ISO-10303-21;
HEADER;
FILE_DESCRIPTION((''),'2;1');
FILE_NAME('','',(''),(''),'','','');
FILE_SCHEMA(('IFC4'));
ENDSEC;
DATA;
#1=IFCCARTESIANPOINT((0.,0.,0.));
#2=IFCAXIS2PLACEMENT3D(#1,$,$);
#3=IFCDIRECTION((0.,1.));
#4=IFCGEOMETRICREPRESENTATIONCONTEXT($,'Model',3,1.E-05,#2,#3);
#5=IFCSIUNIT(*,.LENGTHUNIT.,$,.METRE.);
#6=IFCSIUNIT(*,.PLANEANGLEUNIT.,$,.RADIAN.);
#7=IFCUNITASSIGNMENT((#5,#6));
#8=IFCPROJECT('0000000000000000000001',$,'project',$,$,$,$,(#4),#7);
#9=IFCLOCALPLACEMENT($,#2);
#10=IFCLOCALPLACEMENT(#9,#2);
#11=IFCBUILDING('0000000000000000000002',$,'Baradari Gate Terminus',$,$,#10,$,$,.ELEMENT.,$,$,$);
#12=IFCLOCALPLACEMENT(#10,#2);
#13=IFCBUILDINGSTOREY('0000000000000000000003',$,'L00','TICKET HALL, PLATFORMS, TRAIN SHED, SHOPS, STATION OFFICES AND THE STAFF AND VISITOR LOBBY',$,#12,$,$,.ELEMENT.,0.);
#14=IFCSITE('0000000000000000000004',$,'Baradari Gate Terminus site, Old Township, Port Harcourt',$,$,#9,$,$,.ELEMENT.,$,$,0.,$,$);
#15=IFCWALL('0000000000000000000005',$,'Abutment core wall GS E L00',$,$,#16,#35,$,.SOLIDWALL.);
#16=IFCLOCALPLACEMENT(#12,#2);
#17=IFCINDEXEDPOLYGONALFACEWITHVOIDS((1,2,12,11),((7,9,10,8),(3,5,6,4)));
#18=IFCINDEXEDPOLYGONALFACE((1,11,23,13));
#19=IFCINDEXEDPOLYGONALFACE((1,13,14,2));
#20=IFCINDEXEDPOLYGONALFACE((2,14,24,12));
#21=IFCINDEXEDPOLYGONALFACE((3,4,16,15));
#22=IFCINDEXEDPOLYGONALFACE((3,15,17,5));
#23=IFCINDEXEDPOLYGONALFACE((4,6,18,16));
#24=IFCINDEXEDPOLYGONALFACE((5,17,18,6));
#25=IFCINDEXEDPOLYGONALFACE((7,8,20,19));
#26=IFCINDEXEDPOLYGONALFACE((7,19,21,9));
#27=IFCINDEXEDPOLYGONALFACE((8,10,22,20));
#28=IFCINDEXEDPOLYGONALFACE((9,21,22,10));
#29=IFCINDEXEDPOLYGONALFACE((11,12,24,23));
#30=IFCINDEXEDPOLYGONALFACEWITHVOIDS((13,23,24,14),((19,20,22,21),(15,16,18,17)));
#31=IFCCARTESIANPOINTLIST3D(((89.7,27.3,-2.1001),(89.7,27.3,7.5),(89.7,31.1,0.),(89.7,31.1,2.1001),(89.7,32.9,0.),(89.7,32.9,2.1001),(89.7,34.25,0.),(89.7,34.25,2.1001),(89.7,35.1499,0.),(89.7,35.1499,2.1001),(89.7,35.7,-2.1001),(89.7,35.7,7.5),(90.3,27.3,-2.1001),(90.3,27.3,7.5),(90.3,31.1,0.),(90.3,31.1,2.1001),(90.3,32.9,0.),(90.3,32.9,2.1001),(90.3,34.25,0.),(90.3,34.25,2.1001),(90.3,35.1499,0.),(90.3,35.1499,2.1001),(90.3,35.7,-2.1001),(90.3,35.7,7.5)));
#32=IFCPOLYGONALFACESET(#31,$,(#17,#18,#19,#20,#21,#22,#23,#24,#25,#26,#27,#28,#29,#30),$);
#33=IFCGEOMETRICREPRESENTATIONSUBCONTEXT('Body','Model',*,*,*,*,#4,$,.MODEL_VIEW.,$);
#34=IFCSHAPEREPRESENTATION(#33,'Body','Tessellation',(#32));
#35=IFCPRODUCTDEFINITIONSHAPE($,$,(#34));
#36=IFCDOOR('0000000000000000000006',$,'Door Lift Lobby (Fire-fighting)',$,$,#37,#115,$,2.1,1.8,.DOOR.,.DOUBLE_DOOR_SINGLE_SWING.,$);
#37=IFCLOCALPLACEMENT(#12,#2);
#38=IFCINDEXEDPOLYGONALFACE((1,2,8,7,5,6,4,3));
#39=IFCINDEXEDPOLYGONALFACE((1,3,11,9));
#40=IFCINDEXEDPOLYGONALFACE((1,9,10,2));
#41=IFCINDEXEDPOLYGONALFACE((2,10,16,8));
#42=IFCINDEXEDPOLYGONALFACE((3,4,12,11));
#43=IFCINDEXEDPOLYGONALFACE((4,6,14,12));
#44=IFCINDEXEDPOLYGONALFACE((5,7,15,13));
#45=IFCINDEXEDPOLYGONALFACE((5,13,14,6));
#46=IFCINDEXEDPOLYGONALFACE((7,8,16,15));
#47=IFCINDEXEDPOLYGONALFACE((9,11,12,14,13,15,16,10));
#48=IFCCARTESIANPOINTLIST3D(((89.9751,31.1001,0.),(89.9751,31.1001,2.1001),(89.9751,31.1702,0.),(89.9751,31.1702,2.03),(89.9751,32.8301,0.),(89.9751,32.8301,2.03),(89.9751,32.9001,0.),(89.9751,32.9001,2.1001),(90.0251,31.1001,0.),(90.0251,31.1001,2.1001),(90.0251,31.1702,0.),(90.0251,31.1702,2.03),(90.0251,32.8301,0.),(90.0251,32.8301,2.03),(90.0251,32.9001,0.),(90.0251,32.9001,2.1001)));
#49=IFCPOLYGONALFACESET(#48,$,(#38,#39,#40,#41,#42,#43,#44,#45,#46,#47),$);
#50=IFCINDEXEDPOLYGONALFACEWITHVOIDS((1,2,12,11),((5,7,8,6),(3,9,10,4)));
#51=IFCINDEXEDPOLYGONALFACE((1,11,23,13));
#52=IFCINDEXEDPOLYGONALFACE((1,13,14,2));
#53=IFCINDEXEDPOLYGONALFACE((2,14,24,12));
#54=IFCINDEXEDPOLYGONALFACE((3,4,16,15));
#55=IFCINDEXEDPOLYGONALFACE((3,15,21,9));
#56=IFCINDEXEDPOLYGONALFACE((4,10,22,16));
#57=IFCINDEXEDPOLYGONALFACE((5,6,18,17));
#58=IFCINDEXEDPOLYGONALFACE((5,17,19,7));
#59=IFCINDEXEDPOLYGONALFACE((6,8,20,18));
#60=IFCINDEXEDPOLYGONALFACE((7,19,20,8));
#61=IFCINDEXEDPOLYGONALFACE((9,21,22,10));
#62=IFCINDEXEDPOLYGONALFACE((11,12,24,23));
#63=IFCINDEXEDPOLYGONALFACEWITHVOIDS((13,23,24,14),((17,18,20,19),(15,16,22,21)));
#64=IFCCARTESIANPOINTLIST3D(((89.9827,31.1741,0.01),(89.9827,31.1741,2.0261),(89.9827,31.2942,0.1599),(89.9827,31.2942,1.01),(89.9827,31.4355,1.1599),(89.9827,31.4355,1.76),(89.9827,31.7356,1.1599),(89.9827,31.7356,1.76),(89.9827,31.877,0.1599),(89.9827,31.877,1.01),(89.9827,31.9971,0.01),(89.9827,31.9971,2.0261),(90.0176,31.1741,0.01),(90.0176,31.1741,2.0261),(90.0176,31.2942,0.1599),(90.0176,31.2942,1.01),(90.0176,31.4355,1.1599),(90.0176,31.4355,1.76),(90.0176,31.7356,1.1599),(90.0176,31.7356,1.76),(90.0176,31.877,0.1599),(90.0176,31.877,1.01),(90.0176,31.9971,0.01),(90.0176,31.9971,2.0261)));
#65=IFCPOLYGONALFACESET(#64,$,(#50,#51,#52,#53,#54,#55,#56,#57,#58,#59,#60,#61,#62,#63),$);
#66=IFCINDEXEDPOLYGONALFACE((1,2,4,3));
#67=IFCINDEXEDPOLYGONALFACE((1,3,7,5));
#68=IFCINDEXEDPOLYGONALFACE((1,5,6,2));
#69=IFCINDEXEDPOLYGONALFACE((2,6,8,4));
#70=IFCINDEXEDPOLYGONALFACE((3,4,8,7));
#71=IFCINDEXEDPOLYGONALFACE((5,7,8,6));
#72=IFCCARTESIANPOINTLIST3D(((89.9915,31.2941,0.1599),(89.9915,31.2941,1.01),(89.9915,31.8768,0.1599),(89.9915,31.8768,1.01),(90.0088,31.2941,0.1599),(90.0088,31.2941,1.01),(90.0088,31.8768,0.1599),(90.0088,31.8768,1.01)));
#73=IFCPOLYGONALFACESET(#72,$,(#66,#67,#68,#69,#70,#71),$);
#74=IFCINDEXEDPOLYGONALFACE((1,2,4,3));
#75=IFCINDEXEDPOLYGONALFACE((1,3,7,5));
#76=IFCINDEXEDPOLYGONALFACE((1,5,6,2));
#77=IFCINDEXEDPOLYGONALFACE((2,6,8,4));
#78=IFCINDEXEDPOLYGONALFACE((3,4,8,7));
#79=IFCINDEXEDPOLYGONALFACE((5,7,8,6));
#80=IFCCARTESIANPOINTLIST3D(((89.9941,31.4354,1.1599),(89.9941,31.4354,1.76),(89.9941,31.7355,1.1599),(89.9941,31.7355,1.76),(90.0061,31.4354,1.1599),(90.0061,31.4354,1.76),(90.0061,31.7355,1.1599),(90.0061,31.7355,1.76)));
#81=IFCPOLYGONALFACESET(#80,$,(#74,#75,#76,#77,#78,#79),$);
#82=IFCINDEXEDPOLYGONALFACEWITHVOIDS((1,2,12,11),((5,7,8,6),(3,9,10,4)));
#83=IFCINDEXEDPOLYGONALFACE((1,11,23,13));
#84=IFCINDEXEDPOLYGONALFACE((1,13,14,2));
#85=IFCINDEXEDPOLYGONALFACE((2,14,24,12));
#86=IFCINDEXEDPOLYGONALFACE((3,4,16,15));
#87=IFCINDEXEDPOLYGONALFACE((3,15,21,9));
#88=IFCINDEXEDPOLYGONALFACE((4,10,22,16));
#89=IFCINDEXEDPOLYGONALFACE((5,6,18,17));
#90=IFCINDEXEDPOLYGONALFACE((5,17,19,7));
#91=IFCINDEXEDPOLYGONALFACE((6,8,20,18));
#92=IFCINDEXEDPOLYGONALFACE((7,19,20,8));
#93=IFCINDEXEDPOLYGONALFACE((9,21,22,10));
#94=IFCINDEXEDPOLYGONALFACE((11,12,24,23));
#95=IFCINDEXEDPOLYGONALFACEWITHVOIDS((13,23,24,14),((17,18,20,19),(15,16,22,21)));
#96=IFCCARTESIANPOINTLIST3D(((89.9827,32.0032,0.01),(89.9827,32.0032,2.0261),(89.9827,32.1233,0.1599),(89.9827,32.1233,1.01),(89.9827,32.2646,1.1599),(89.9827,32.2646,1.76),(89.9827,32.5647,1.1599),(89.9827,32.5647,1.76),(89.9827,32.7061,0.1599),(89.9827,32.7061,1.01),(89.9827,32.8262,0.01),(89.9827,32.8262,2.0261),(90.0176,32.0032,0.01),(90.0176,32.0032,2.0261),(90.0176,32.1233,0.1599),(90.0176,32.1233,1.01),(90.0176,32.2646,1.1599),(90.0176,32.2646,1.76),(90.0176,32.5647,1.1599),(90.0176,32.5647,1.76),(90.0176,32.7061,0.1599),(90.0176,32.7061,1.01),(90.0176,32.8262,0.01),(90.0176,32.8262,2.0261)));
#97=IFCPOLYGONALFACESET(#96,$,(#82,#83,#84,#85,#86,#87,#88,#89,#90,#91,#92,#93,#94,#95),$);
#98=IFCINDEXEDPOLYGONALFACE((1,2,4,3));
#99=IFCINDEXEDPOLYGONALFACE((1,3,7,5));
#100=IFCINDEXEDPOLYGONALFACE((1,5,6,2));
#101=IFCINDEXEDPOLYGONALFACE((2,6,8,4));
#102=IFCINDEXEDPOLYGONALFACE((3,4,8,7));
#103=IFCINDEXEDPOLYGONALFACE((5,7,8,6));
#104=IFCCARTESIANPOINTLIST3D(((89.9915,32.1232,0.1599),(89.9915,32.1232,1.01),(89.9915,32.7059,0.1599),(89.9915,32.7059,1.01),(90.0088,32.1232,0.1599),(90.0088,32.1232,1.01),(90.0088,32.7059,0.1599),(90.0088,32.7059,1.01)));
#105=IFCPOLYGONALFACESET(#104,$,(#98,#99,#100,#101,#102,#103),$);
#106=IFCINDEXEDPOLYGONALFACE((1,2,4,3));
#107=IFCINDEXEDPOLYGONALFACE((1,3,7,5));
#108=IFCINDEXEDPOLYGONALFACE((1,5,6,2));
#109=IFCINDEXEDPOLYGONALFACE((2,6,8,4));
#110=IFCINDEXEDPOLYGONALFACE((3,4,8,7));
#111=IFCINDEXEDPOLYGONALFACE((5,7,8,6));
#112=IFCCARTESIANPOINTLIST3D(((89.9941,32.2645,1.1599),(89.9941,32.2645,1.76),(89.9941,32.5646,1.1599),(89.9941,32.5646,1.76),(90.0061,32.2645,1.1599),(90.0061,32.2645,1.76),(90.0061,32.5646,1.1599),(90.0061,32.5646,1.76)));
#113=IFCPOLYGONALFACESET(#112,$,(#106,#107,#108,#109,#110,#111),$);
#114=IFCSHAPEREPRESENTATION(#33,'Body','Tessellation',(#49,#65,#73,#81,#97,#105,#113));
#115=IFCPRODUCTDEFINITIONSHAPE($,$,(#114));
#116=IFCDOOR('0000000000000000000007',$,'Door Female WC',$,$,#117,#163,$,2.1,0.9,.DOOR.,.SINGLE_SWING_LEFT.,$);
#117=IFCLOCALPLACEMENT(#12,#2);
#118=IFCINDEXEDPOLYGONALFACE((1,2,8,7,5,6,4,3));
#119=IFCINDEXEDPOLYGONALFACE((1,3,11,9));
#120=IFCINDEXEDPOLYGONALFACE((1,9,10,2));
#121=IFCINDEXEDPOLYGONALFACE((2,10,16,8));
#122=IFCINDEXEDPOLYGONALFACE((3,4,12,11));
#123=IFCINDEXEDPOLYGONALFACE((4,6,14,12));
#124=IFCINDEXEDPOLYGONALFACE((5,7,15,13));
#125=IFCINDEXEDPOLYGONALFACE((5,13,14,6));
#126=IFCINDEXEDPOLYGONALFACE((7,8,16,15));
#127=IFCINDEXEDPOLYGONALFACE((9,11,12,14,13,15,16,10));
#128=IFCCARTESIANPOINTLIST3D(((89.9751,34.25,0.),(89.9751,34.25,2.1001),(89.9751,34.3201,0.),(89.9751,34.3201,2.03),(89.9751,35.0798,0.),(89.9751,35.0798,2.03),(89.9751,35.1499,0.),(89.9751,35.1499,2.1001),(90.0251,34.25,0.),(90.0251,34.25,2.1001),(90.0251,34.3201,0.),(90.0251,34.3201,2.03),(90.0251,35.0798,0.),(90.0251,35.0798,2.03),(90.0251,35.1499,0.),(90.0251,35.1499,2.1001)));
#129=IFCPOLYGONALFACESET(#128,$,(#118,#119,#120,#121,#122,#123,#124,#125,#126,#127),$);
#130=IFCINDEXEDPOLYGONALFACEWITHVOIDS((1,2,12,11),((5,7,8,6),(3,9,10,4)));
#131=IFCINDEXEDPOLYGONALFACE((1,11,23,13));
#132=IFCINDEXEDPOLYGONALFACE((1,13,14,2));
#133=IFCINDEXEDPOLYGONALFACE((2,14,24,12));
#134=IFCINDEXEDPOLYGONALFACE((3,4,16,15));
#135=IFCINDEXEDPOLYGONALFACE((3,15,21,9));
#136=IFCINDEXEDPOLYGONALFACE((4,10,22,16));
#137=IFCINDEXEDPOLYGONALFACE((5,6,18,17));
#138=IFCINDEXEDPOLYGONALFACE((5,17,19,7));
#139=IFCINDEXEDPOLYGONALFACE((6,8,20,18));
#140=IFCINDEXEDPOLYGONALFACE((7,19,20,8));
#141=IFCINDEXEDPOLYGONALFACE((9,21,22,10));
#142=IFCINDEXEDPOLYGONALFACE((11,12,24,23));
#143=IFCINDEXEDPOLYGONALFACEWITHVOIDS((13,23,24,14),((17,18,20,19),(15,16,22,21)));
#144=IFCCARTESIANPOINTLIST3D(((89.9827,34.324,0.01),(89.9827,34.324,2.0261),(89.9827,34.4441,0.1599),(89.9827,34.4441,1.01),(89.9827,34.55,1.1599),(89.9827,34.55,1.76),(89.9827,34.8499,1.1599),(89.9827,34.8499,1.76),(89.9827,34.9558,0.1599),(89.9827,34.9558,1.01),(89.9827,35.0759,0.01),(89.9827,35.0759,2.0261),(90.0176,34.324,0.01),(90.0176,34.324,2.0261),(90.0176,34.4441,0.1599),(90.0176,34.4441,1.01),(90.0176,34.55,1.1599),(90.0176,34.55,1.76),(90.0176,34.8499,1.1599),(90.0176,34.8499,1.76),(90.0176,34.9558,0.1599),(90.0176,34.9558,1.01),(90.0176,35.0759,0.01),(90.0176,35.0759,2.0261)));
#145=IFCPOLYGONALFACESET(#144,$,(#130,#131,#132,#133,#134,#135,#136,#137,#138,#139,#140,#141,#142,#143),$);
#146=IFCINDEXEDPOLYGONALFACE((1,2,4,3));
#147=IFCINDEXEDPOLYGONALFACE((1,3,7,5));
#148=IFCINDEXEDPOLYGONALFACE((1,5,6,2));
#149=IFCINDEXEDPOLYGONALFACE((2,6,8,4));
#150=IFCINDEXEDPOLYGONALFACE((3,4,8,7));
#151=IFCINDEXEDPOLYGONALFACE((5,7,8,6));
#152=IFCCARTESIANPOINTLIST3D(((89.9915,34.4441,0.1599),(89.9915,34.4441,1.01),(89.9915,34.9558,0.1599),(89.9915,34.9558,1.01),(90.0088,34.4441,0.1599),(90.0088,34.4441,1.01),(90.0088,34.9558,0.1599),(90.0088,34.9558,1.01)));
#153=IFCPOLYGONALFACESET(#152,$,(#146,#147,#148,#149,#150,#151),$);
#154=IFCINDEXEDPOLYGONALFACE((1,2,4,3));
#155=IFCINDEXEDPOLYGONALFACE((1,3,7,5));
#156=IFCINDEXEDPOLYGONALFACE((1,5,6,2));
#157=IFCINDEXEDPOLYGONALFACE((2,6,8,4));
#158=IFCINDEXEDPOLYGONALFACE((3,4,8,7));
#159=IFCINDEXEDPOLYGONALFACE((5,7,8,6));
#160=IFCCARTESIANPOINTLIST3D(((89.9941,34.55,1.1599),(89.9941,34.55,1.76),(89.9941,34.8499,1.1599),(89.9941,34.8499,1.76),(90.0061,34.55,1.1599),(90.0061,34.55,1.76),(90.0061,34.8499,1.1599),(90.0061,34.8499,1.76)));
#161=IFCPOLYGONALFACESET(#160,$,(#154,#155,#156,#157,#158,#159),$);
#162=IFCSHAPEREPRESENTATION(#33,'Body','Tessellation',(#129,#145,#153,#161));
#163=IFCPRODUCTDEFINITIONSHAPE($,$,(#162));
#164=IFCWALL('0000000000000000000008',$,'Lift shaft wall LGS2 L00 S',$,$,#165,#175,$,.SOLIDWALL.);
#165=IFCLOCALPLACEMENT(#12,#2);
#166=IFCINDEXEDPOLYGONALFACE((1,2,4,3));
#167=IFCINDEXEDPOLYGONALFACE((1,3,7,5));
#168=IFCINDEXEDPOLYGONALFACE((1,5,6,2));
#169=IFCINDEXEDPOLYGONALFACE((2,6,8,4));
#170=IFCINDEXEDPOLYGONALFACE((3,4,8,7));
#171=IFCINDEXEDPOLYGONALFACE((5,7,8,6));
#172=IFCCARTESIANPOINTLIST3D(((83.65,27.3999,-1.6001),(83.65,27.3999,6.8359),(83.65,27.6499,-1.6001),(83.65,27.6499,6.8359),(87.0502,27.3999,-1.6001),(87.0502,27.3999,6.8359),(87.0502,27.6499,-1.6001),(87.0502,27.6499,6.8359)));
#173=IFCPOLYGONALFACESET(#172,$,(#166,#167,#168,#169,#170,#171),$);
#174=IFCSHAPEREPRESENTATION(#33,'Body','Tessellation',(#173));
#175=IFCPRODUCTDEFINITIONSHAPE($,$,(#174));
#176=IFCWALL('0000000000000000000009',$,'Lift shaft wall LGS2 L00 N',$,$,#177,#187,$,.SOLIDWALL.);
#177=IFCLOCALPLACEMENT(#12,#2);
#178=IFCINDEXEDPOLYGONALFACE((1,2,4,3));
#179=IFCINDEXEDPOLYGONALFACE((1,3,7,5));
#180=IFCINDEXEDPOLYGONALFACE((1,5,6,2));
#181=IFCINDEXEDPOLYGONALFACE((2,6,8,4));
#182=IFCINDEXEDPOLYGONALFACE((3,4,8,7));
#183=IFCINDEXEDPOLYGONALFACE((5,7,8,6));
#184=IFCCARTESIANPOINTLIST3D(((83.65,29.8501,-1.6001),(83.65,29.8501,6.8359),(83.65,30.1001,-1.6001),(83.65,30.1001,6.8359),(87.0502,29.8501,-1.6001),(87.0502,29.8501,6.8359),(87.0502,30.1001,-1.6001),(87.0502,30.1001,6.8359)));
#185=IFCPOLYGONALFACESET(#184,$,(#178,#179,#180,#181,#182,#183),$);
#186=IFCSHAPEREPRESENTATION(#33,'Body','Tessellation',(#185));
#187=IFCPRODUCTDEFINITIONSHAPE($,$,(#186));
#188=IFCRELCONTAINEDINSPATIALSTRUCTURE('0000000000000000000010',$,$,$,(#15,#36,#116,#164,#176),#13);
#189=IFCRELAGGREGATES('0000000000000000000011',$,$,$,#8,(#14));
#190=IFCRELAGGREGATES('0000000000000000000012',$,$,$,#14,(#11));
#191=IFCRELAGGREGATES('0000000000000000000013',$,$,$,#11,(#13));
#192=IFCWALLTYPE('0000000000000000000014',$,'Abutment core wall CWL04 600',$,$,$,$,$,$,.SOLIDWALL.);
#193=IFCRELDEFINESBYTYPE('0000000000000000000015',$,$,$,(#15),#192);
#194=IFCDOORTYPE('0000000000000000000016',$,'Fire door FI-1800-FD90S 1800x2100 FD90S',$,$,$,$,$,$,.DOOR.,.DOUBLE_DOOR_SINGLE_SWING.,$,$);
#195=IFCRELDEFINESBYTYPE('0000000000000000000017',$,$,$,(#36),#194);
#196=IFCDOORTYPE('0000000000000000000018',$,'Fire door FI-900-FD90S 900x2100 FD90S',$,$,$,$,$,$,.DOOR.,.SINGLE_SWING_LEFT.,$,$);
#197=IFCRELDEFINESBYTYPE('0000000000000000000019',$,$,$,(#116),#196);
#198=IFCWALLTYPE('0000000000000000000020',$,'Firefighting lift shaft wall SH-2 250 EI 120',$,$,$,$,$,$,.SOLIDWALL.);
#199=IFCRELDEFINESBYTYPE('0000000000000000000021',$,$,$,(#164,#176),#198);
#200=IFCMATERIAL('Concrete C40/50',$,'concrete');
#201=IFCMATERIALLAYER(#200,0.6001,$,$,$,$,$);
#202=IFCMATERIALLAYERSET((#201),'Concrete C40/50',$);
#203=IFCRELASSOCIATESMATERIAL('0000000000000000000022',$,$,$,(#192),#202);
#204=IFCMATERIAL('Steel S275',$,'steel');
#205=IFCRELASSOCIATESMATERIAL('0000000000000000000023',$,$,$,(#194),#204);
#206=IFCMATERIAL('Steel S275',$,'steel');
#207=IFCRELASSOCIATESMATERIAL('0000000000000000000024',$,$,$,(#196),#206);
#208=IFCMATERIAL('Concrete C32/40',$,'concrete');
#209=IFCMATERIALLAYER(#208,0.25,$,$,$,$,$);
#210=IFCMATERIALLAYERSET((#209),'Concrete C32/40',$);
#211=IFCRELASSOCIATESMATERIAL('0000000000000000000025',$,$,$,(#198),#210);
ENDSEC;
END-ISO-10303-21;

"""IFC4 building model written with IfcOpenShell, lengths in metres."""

from ifc_helpers import new_model, si_unit, direction, frame, frame_2d, origin, place, context, subcontext, project, spatial, polyline, rectangle, outline, extrude, material, layer, layer_set, type_object, element, fill, save


model = new_model("IFC4")

# Units and contexts
model_context = context("Model", 3, precision=1e-05, world=origin(), true_north=direction((0.0, 1.0)))
body_context = subcontext(model_context, "Body", "Model", "MODEL_VIEW")
ifc_project = project(units=[si_unit("LENGTHUNIT", "METRE"), si_unit("PLANEANGLEUNIT", "RADIAN")], contexts=[model_context])

# Site, building, storey
site_placement = place(None, origin())
site = spatial("IfcSite", under=ifc_project, at=site_placement, Name="Baradari Gate Terminus site, Old Township, Port Harcourt", CompositionType="ELEMENT", RefElevation=0.0)
building_placement = place(site_placement, origin())
building = spatial("IfcBuilding", under=site, at=building_placement, Name="Baradari Gate Terminus", CompositionType="ELEMENT")
storey_placement = place(building_placement, origin())
storey = spatial("IfcBuildingStorey", under=building, at=storey_placement, Name="L00", Description="TICKET HALL, PLATFORMS, TRAIN SHED, SHOPS, STATION OFFICES AND THE STAFF AND VISITOR LOBBY", CompositionType="ELEMENT", Elevation=0.0)

# Wall, openings, doors
ifc_material_1 = material(Name="Concrete C40/50", Category="concrete")
ifc_layer_1 = layer(ifc_material_1, 0.6001)
ifc_layer_set_1 = layer_set([ifc_layer_1], Name="Concrete C40/50")
wall_type_1 = type_object("IfcWallType", Name="Abutment core wall CWL04 600", PredefinedType="SOLIDWALL", material=ifc_layer_set_1)
wall_1_placement = place(storey_placement, frame((90.0, 27.3, -2.1001), z_axis=(0.0, 0.0, 1.0), x_axis=(0.0, 1.0, 0.0)))
wall_1 = element("IfcWall", 1, at=wall_1_placement, inside=storey, type_object=wall_type_1, Name="Abutment core wall GS E L00", PredefinedType="SOLIDWALL", context=body_context, shape_type="SweptSolid", body=[
    extrude(rectangle(XDim=8.3999, YDim=0.6001, at=frame_2d((4.2, 0.0))), origin(), (0.0, 0.0, 1.0), 9.6001),
])
opening_1_placement = place(wall_1_placement, frame((3.8, 0.0, 2.1001)))
opening_1 = element("IfcOpeningElement", 2, at=opening_1_placement, cuts=wall_1, PredefinedType="OPENING", context=body_context, shape_type="SweptSolid", body=[
    extrude(rectangle(XDim=1.8, YDim=2.1001, at=frame_2d((0.8999, 1.05))), frame((0.0, 0.3101, 0.0), z_axis=(0.0, -1.0, 0.0), x_axis=(1.0, 0.0, 0.0)), (0.0, 0.0, 1.0), 0.6201),
])
opening_2_placement = place(wall_1_placement, frame((6.95, 0.0, 2.1001)))
opening_2 = element("IfcOpeningElement", 3, at=opening_2_placement, cuts=wall_1, PredefinedType="OPENING", context=body_context, shape_type="SweptSolid", body=[
    extrude(rectangle(XDim=0.8999, YDim=2.1001, at=frame_2d((0.45, 1.05))), frame((0.0, 0.3101, 0.0), z_axis=(0.0, -1.0, 0.0), x_axis=(1.0, 0.0, 0.0)), (0.0, 0.0, 1.0), 0.6201),
])
ifc_material_2 = material(Name="Steel S275", Category="steel")
door_type_1 = type_object("IfcDoorType", Name="Fire door FI-1800-FD90S 1800x2100 FD90S", OperationType="DOUBLE_DOOR_SINGLE_SWING", PredefinedType="DOOR", material=ifc_material_2)
door_1_placement = place(opening_1_placement, origin())
door_1 = element("IfcDoor", 4, at=door_1_placement, inside=storey, type_object=door_type_1, Name="Door Lift Lobby (Fire-fighting)", OperationType="DOUBLE_DOOR_SINGLE_SWING", OverallHeight=2.1, OverallWidth=1.8, PredefinedType="DOOR", context=body_context, shape_type="SweptSolid", body=[
    extrude(outline(polyline([(0.0, 0.0), (0.0701, 0.0), (0.0701, 2.03), (1.73, 2.03), (1.73, 0.0), (1.8, 0.0), (1.8, 2.1001), (0.0, 2.1001), (0.0, 0.0)])), frame((0.0, 0.0249, 0.0), z_axis=(0.0, -1.0, 0.0), x_axis=(1.0, 0.0, 0.0)), (0.0, 0.0, 1.0), 0.05),
    extrude(outline(polyline([(0.074, 0.01), (0.897, 0.01), (0.897, 2.0261), (0.074, 2.0261), (0.074, 0.01)]), holes=[polyline([(0.1941, 0.1599), (0.7769, 0.1599), (0.7769, 1.01), (0.1941, 1.01), (0.1941, 0.1599)]), polyline([(0.3354, 1.1599), (0.6355, 1.1599), (0.6355, 1.76), (0.3354, 1.76), (0.3354, 1.1599)])]), frame((0.0, 0.0173, 0.0), z_axis=(0.0, -1.0, 0.0), x_axis=(1.0, 0.0, 0.0)), (0.0, 0.0, 1.0), 0.0349),
    extrude(rectangle(XDim=0.5828, YDim=0.8501, at=frame_2d((0.4854, 0.585))), frame((0.0, 0.0085, 0.0), z_axis=(0.0, -1.0, 0.0), x_axis=(1.0, 0.0, 0.0)), (0.0, 0.0, 1.0), 0.0173),
    extrude(rectangle(XDim=0.3, YDim=0.6001, at=frame_2d((0.4854, 1.46))), frame((0.0, 0.0059, 0.0), z_axis=(0.0, -1.0, 0.0), x_axis=(1.0, 0.0, 0.0)), (0.0, 0.0, 1.0), 0.012),
    extrude(outline(polyline([(0.9031, 0.01), (1.7261, 0.01), (1.7261, 2.0261), (0.9031, 2.0261), (0.9031, 0.01)]), holes=[polyline([(1.0232, 0.1599), (1.606, 0.1599), (1.606, 1.01), (1.0232, 1.01), (1.0232, 0.1599)]), polyline([(1.1646, 1.1599), (1.4646, 1.1599), (1.4646, 1.76), (1.1646, 1.76), (1.1646, 1.1599)])]), frame((0.0, 0.0173, 0.0), z_axis=(0.0, -1.0, 0.0), x_axis=(1.0, 0.0, 0.0)), (0.0, 0.0, 1.0), 0.0349),
    extrude(rectangle(XDim=0.5828, YDim=0.8501, at=frame_2d((1.3145, 0.585))), frame((0.0, 0.0085, 0.0), z_axis=(0.0, -1.0, 0.0), x_axis=(1.0, 0.0, 0.0)), (0.0, 0.0, 1.0), 0.0173),
    extrude(rectangle(XDim=0.3, YDim=0.6001, at=frame_2d((1.3145, 1.46))), frame((0.0, 0.0059, 0.0), z_axis=(0.0, -1.0, 0.0), x_axis=(1.0, 0.0, 0.0)), (0.0, 0.0, 1.0), 0.012),
])
fill(opening_1, door_1)
ifc_material_3 = material(Name="Steel S275", Category="steel")
door_type_2 = type_object("IfcDoorType", Name="Fire door FI-900-FD90S 900x2100 FD90S", OperationType="SINGLE_SWING_LEFT", PredefinedType="DOOR", material=ifc_material_3)
door_2_placement = place(opening_2_placement, origin())
door_2 = element("IfcDoor", 5, at=door_2_placement, inside=storey, type_object=door_type_2, Name="Door Female WC", OperationType="SINGLE_SWING_LEFT", OverallHeight=2.1, OverallWidth=0.9, PredefinedType="DOOR", context=body_context, shape_type="SweptSolid", body=[
    extrude(outline(polyline([(0.0, 0.0), (0.0701, 0.0), (0.0701, 2.03), (0.8298, 2.03), (0.8298, 0.0), (0.8999, 0.0), (0.8999, 2.1001), (0.0, 2.1001), (0.0, 0.0)])), frame((0.0, 0.0249, 0.0), z_axis=(0.0, -1.0, 0.0), x_axis=(1.0, 0.0, 0.0)), (0.0, 0.0, 1.0), 0.05),
    extrude(outline(polyline([(0.074, 0.01), (0.8259, 0.01), (0.8259, 2.0261), (0.074, 2.0261), (0.074, 0.01)]), holes=[polyline([(0.1941, 0.1599), (0.7058, 0.1599), (0.7058, 1.01), (0.1941, 1.01), (0.1941, 0.1599)]), polyline([(0.3, 1.1599), (0.5999, 1.1599), (0.5999, 1.76), (0.3, 1.76), (0.3, 1.1599)])]), frame((0.0, 0.0173, 0.0), z_axis=(0.0, -1.0, 0.0), x_axis=(1.0, 0.0, 0.0)), (0.0, 0.0, 1.0), 0.0349),
    extrude(rectangle(XDim=0.5117, YDim=0.8501, at=frame_2d((0.45, 0.585))), frame((0.0, 0.0085, 0.0), z_axis=(0.0, -1.0, 0.0), x_axis=(1.0, 0.0, 0.0)), (0.0, 0.0, 1.0), 0.0173),
    extrude(rectangle(XDim=0.2998, YDim=0.6001, at=frame_2d((0.45, 1.46))), frame((0.0, 0.0059, 0.0), z_axis=(0.0, -1.0, 0.0), x_axis=(1.0, 0.0, 0.0)), (0.0, 0.0, 1.0), 0.012),
])
fill(opening_2, door_2)

# Walls
ifc_material_4 = material(Name="Concrete C32/40", Category="concrete")
ifc_layer_2 = layer(ifc_material_4, 0.25)
ifc_layer_set_2 = layer_set([ifc_layer_2], Name="Concrete C32/40")
wall_type_2 = type_object("IfcWallType", Name="Firefighting lift shaft wall SH-2 250 EI 120", PredefinedType="SOLIDWALL", material=ifc_layer_set_2)
for number, where, z_axis, x_axis, name in (
    (6, (83.6499, 27.5249, -1.6001), (0.0, 0.0, 1.0), (1.0, 0.0, 0.0), "Lift shaft wall LGS2 L00 S"),
    (7, (83.6499, 29.9751, -1.6001), (0.0, 0.0, 1.0), (1.0, 0.0, 0.0), "Lift shaft wall LGS2 L00 N"),
):
    element("IfcWall", number, at=place(storey_placement, frame(where, z_axis=z_axis, x_axis=x_axis)), inside=storey, type_object=wall_type_2, Name=name, PredefinedType="SOLIDWALL", context=body_context, shape_type="SweptSolid", body=[
        extrude(rectangle(XDim=3.4001, YDim=0.25, at=frame_2d((1.7002, 0.0))), origin(), (0.0, 0.0, 1.0), 8.436),
    ])

save(model, "model.ifc")
